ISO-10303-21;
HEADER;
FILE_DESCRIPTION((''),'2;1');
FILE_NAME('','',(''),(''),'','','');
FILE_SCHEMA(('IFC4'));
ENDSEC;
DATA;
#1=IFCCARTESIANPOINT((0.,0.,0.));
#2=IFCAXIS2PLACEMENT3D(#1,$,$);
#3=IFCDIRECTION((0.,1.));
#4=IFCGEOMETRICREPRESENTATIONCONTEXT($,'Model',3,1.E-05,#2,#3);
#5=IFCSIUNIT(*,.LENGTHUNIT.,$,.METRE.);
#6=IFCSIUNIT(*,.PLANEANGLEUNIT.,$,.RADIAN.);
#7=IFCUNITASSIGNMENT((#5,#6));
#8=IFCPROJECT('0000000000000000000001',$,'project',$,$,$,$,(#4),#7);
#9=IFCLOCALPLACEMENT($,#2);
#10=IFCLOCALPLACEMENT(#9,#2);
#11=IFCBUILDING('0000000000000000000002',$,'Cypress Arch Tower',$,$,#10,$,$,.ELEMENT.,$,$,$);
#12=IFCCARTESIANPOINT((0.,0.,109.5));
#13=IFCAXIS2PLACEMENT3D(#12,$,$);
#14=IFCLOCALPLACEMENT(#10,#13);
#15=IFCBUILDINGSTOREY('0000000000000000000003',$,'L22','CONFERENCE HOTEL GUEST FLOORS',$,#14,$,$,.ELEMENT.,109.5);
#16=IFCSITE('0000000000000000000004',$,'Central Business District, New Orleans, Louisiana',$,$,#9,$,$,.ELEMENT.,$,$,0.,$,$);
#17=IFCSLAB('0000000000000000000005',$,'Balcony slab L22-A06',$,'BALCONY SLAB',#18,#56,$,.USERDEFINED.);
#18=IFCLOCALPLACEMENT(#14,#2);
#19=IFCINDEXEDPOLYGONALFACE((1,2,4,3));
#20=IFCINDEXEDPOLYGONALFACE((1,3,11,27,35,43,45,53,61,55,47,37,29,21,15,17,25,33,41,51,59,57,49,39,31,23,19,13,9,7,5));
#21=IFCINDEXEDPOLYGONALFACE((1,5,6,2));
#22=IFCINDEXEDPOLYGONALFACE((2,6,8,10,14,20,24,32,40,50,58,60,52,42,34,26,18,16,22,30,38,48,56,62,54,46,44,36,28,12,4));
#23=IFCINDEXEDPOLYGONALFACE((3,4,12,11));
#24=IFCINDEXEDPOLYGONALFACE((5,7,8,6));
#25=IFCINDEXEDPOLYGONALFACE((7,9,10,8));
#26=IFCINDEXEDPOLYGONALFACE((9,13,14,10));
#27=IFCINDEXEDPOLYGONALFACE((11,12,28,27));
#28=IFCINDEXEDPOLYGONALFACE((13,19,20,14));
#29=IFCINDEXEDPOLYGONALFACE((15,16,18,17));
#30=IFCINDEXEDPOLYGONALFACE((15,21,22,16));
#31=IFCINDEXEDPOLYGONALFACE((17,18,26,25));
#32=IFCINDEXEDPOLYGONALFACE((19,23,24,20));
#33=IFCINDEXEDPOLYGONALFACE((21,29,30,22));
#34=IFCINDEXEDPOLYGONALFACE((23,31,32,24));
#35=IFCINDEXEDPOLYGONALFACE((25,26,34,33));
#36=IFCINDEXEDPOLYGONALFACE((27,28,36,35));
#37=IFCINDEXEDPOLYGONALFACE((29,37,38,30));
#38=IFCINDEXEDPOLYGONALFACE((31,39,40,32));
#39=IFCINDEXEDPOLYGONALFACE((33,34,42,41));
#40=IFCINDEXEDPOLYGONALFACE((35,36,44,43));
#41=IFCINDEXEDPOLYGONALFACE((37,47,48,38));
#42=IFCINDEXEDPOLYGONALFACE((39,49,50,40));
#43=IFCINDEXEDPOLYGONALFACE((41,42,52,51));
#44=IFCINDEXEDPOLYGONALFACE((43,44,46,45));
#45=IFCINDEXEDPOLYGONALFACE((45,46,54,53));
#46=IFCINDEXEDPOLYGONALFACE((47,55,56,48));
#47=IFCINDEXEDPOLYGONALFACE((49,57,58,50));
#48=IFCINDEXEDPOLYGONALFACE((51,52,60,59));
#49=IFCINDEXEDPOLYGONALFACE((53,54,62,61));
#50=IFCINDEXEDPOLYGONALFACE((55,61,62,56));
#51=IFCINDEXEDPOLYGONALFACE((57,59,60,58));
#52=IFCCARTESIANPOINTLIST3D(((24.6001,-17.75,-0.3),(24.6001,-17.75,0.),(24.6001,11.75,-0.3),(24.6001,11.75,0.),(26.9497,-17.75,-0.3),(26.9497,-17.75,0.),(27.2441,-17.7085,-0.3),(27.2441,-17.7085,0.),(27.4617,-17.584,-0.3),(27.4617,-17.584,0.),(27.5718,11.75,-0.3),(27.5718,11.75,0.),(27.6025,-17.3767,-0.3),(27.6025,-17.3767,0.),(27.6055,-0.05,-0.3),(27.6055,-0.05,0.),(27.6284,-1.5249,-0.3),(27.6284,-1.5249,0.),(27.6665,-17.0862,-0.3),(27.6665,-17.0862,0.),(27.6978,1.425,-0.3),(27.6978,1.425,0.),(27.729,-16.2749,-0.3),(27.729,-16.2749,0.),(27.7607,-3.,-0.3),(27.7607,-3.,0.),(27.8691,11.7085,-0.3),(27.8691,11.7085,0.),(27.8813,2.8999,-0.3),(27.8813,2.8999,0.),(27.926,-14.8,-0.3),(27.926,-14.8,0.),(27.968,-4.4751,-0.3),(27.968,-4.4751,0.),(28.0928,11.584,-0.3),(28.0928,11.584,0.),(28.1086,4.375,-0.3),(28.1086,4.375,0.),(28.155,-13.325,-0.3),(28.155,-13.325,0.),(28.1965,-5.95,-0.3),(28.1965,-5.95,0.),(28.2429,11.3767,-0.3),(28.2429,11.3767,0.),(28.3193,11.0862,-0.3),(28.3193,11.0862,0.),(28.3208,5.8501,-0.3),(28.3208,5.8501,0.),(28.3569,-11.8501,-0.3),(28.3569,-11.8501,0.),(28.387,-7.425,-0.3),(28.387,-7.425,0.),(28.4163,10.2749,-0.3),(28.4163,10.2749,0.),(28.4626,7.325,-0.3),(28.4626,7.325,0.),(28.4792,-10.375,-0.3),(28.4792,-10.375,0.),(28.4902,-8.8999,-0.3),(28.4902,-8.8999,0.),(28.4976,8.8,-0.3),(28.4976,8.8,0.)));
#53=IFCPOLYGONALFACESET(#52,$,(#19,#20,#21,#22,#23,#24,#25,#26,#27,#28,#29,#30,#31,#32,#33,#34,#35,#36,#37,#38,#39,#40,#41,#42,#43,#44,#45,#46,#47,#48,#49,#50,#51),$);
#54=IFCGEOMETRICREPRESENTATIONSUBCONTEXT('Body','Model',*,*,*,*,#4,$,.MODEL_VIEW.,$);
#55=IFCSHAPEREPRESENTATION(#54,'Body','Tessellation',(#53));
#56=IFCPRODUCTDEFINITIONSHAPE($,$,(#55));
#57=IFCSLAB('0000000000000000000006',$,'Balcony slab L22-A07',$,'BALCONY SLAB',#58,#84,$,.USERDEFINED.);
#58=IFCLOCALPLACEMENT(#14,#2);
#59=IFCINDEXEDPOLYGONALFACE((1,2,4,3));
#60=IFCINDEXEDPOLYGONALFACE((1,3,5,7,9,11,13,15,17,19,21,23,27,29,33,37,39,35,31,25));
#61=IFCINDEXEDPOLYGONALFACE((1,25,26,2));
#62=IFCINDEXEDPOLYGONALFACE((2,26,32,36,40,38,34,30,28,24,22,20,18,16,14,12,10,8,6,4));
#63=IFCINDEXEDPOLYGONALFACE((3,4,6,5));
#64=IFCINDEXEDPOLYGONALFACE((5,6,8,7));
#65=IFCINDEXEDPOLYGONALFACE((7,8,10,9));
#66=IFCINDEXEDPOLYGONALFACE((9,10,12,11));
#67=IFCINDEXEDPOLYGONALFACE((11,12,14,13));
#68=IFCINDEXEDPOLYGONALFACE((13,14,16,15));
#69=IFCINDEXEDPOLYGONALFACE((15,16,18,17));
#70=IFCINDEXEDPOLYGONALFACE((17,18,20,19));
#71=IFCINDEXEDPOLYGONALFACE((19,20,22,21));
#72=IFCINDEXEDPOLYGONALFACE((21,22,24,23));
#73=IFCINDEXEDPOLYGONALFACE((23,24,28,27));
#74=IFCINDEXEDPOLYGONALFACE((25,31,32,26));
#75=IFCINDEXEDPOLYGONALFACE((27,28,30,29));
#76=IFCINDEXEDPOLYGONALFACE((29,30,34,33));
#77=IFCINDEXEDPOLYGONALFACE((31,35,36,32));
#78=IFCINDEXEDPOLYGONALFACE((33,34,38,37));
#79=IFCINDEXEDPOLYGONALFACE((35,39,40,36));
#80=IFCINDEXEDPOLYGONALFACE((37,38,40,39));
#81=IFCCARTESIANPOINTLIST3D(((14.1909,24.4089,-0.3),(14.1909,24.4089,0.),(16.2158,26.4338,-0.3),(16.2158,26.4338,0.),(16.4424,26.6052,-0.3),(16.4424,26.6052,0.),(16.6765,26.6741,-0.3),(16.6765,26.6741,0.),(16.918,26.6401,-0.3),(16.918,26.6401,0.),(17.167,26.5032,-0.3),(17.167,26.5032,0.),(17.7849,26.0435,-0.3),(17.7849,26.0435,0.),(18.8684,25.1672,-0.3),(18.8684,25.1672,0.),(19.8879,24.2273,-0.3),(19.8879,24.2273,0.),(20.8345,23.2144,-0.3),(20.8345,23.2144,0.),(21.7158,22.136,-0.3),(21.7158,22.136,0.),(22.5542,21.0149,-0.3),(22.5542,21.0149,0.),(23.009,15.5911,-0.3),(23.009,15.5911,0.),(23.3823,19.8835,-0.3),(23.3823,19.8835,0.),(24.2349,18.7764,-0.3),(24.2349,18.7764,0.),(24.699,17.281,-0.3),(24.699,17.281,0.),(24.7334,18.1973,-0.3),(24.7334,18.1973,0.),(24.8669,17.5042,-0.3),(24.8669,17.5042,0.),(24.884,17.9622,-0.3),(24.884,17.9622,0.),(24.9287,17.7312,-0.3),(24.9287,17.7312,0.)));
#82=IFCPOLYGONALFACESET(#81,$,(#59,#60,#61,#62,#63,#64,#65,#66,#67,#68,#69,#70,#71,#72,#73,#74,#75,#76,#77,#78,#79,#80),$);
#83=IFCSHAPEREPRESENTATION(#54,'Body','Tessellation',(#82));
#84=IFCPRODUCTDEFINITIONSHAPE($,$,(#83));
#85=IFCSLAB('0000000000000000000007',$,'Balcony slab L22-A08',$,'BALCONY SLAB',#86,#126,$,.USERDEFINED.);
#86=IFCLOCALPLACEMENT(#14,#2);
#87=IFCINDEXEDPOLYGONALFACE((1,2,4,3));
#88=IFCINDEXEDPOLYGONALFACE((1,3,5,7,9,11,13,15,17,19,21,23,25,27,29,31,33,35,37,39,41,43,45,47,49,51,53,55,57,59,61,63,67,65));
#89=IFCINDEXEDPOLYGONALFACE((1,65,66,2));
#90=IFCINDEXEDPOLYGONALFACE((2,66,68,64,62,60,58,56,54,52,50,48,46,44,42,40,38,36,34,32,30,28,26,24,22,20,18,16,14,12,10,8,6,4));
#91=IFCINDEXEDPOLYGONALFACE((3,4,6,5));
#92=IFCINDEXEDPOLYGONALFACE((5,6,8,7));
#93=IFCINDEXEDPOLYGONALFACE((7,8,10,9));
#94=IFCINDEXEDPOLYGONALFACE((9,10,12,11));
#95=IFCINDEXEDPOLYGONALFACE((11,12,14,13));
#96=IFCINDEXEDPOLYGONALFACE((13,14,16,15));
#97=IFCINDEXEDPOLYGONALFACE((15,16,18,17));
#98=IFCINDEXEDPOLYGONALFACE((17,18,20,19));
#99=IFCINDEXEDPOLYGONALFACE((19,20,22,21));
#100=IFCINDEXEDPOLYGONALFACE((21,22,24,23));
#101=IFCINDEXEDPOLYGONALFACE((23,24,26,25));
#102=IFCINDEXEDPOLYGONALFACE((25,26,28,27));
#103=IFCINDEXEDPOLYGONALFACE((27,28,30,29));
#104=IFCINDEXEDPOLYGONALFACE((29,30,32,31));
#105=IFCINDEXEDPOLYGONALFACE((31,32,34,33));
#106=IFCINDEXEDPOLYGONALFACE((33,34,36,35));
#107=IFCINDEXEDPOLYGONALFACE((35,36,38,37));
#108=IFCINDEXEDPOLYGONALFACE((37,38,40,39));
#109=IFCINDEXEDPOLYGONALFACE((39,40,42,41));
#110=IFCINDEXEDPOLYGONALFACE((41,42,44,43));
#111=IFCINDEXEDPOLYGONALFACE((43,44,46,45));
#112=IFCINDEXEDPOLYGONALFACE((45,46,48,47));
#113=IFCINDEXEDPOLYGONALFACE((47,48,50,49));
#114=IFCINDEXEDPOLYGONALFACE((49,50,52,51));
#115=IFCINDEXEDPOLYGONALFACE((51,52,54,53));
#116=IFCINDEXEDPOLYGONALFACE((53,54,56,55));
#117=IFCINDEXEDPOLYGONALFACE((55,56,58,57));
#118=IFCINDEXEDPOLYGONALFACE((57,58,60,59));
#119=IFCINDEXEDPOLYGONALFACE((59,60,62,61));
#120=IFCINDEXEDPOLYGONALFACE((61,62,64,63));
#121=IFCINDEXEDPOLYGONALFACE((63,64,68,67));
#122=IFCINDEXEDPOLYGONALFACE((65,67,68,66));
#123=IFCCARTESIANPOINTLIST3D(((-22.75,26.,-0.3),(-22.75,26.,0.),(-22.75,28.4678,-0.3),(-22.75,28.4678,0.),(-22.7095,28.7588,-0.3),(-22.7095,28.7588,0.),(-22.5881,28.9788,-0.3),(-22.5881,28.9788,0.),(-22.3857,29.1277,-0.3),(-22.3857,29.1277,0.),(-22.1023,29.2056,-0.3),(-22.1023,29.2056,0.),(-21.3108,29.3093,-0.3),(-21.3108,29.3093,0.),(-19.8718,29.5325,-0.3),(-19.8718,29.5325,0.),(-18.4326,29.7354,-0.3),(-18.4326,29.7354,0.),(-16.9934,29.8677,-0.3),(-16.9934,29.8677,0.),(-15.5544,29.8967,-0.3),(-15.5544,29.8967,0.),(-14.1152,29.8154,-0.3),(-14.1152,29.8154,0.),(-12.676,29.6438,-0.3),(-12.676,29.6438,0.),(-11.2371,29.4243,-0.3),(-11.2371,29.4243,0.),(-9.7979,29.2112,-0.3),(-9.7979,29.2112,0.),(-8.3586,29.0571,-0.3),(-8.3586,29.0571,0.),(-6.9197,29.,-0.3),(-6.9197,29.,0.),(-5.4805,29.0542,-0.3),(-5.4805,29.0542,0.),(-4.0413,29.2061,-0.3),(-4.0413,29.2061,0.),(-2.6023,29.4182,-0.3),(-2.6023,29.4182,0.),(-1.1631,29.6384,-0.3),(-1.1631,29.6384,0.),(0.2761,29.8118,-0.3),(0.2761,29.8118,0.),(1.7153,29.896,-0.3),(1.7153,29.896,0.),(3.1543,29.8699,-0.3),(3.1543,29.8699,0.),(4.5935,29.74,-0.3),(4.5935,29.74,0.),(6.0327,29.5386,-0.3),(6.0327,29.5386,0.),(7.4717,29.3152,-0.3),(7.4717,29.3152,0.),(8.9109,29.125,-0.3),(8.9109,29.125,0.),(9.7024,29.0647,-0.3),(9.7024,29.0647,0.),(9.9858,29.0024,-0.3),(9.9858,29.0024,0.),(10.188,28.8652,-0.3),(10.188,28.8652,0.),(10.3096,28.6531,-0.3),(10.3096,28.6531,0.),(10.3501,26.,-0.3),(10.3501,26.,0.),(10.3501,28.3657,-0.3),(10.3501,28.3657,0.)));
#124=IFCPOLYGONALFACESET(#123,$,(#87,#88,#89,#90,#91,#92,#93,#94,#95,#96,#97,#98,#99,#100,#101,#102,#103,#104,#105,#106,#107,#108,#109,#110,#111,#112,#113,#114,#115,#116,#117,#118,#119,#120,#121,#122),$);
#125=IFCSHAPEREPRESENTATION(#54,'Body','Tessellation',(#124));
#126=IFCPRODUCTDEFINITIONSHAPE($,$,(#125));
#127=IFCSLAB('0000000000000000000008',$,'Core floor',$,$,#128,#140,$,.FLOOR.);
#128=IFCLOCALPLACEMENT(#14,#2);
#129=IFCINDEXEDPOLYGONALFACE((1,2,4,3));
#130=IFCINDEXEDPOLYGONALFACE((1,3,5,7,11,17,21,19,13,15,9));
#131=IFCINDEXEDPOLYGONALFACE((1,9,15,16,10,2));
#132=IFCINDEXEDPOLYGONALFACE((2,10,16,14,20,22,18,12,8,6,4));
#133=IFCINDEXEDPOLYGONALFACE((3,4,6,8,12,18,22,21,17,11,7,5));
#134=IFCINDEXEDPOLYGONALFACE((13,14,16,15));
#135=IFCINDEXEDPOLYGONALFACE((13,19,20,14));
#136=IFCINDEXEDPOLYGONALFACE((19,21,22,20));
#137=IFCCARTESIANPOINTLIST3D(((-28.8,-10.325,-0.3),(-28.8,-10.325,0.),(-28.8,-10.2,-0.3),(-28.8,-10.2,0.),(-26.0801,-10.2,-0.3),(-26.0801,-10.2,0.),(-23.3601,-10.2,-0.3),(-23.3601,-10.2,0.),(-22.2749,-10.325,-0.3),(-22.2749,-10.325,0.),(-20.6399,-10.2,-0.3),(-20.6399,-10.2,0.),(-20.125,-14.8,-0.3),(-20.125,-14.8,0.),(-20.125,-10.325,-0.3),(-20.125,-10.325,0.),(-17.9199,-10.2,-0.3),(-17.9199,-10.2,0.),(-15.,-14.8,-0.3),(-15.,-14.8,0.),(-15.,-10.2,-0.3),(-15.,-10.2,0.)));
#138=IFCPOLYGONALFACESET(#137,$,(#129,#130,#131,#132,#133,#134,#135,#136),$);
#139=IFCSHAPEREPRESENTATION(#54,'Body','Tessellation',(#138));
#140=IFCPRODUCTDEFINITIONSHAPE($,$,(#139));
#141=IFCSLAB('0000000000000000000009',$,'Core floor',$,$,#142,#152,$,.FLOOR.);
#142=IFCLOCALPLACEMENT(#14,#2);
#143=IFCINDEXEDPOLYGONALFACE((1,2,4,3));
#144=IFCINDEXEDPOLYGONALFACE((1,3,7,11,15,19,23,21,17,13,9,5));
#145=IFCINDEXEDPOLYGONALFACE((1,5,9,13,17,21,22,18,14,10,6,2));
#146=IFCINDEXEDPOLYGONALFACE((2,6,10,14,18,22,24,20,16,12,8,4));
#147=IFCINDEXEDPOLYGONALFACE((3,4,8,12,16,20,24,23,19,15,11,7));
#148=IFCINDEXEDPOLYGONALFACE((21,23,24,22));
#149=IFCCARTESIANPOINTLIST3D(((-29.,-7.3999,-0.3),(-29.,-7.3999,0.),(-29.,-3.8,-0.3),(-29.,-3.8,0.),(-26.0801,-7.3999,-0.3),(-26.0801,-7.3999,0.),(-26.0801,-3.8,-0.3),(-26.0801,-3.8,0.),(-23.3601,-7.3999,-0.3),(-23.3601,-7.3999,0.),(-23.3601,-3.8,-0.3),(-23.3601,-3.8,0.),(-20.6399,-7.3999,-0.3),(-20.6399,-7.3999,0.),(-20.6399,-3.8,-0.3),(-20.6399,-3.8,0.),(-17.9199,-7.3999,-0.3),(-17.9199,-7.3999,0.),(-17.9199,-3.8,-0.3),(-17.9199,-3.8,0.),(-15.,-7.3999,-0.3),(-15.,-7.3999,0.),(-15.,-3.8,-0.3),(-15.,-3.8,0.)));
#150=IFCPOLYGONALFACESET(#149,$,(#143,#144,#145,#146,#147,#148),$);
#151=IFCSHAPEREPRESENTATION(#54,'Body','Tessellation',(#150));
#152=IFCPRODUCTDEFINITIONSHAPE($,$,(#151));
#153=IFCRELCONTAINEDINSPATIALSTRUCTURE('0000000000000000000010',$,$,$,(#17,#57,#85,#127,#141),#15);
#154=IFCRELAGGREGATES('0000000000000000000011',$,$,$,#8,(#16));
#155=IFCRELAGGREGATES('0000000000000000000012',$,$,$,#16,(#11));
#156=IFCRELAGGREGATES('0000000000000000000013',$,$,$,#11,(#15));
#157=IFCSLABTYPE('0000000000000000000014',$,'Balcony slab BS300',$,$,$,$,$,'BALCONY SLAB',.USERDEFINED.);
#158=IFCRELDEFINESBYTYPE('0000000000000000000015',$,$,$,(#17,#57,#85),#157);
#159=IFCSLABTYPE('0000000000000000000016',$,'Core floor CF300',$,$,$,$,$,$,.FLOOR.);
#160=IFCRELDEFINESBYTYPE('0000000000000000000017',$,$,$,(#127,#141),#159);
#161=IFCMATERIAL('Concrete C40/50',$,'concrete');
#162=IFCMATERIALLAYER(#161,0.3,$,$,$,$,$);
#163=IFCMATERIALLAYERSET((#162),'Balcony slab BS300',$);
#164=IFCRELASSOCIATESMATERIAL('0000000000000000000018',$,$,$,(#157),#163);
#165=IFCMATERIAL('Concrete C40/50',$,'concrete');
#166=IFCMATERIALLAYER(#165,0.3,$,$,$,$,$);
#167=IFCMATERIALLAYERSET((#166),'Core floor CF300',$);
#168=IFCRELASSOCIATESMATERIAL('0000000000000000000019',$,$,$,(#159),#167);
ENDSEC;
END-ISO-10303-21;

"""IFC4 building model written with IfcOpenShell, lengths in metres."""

from ifc_helpers import new_model, si_unit, direction, frame, origin, place, context, subcontext, project, spatial, polyline, outline, extrude, material, layer, layer_set, type_object, element, save


model = new_model("IFC4")

# Units and contexts
model_context = context("Model", 3, precision=1e-05, world=origin(), true_north=direction((0.0, 1.0)))
body_context = subcontext(model_context, "Body", "Model", "MODEL_VIEW")
ifc_project = project(units=[si_unit("LENGTHUNIT", "METRE"), si_unit("PLANEANGLEUNIT", "RADIAN")], contexts=[model_context])

# Site, building, storey
site_placement = place(None, origin())
site = spatial("IfcSite", under=ifc_project, at=site_placement, Name="Central Business District, New Orleans, Louisiana", CompositionType="ELEMENT", RefElevation=0.0)
building_placement = place(site_placement, origin())
building = spatial("IfcBuilding", under=site, at=building_placement, Name="Cypress Arch Tower", CompositionType="ELEMENT")
storey_placement = place(building_placement, frame((0.0, 0.0, 109.5)))
storey = spatial("IfcBuildingStorey", under=building, at=storey_placement, Name="L22", Description="CONFERENCE HOTEL GUEST FLOORS", CompositionType="ELEMENT", Elevation=109.5)

# Slabs
ifc_material_1 = material(Name="Concrete C40/50", Category="concrete")
ifc_layer_1 = layer(ifc_material_1, 0.3)
ifc_layer_set_1 = layer_set([ifc_layer_1], Name="Balcony slab BS300")
slab_type_1 = type_object("IfcSlabType", Name="Balcony slab BS300", ElementType="BALCONY SLAB", PredefinedType="USERDEFINED", material=ifc_layer_set_1)
slab_1_placement = place(storey_placement, frame((0.0, 0.0, -0.3)))
element("IfcSlab", 1, at=slab_1_placement, inside=storey, type_object=slab_type_1, Name="Balcony slab L22-A06", ObjectType="BALCONY SLAB", PredefinedType="USERDEFINED", context=body_context, shape_type="SweptSolid", body=[
    extrude(outline(polyline([(24.6001, -17.75), (26.9497, -17.75), (27.2441, -17.7085), (27.4617, -17.584), (27.6025, -17.3767), (27.6665, -17.0862), (27.729, -16.2749), (27.926, -14.8), (28.155, -13.325), (28.3569, -11.8501), (28.4792, -10.375), (28.4902, -8.8999), (28.387, -7.425), (28.1965, -5.95), (27.968, -4.4751), (27.7607, -3.0), (27.6284, -1.5249), (27.6055, -0.05), (27.6978, 1.425), (27.8813, 2.8999), (28.1086, 4.375), (28.3208, 5.8501), (28.4626, 7.325), (28.4976, 8.8), (28.4163, 10.2749), (28.3193, 11.0862), (28.2429, 11.3767), (28.0928, 11.584), (27.8691, 11.7085), (27.5718, 11.75), (24.6001, 11.75), (24.6001, -17.75)])), origin(), (0.0, 0.0, 1.0), 0.3),
])
slab_2_placement = place(storey_placement, frame((0.0, 0.0, -0.3)))
element("IfcSlab", 2, at=slab_2_placement, inside=storey, type_object=slab_type_1, Name="Balcony slab L22-A07", ObjectType="BALCONY SLAB", PredefinedType="USERDEFINED", context=body_context, shape_type="SweptSolid", body=[
    extrude(outline(polyline([(23.009, 15.5911), (24.699, 17.281), (24.8669, 17.5042), (24.9287, 17.7312), (24.884, 17.9622), (24.7334, 18.1973), (24.2349, 18.7764), (23.3823, 19.8835), (22.5542, 21.0149), (21.7158, 22.136), (20.8345, 23.2144), (19.8879, 24.2273), (18.8684, 25.1672), (17.7849, 26.0435), (17.167, 26.5032), (16.918, 26.6401), (16.6765, 26.6741), (16.4424, 26.6052), (16.2158, 26.4338), (14.1909, 24.4089), (23.009, 15.5911)])), origin(), (0.0, 0.0, 1.0), 0.3),
])
slab_3_placement = place(storey_placement, frame((0.0, 0.0, -0.3)))
element("IfcSlab", 3, at=slab_3_placement, inside=storey, type_object=slab_type_1, Name="Balcony slab L22-A08", ObjectType="BALCONY SLAB", PredefinedType="USERDEFINED", context=body_context, shape_type="SweptSolid", body=[
    extrude(outline(polyline([(10.3501, 26.0), (10.3501, 28.3657), (10.3096, 28.6531), (10.188, 28.8652), (9.9858, 29.0024), (9.7024, 29.0647), (8.9109, 29.125), (7.4717, 29.3152), (6.0327, 29.5386), (4.5935, 29.74), (3.1543, 29.8699), (1.7153, 29.896), (0.2761, 29.8118), (-1.1631, 29.6384), (-2.6023, 29.4182), (-4.0413, 29.2061), (-5.4805, 29.0542), (-6.9197, 29.0), (-8.3586, 29.0571), (-9.7979, 29.2112), (-11.2371, 29.4243), (-12.676, 29.6438), (-14.1152, 29.8154), (-15.5544, 29.8967), (-16.9934, 29.8677), (-18.4326, 29.7354), (-19.8718, 29.5325), (-21.3108, 29.3093), (-22.1023, 29.2056), (-22.3857, 29.1277), (-22.5881, 28.9788), (-22.7095, 28.7588), (-22.75, 28.4678), (-22.75, 26.0), (10.3501, 26.0)])), origin(), (0.0, 0.0, 1.0), 0.3),
])
ifc_material_2 = material(Name="Concrete C40/50", Category="concrete")
ifc_layer_2 = layer(ifc_material_2, 0.3)
ifc_layer_set_2 = layer_set([ifc_layer_2], Name="Core floor CF300")
slab_type_2 = type_object("IfcSlabType", Name="Core floor CF300", PredefinedType="FLOOR", material=ifc_layer_set_2)
slab_4_placement = place(storey_placement, frame((0.0, 0.0, -0.3)))
element("IfcSlab", 4, at=slab_4_placement, inside=storey, type_object=slab_type_2, Name="Core floor", PredefinedType="FLOOR", context=body_context, shape_type="SweptSolid", body=[
    extrude(outline(polyline([(-20.125, -14.8), (-15.0, -14.8), (-15.0, -10.2), (-17.9199, -10.2), (-20.6399, -10.2), (-23.3601, -10.2), (-26.0801, -10.2), (-28.8, -10.2), (-28.8, -10.325), (-22.2749, -10.325), (-20.125, -10.325), (-20.125, -14.8)])), origin(), (0.0, 0.0, 1.0), 0.3),
])
slab_5_placement = place(storey_placement, frame((0.0, 0.0, -0.3)))
element("IfcSlab", 5, at=slab_5_placement, inside=storey, type_object=slab_type_2, Name="Core floor", PredefinedType="FLOOR", context=body_context, shape_type="SweptSolid", body=[
    extrude(outline(polyline([(-29.0, -3.8), (-29.0, -7.3999), (-26.0801, -7.3999), (-23.3601, -7.3999), (-20.6399, -7.3999), (-17.9199, -7.3999), (-15.0, -7.3999), (-15.0, -3.8), (-17.9199, -3.8), (-20.6399, -3.8), (-23.3601, -3.8), (-26.0801, -3.8), (-29.0, -3.8)])), origin(), (0.0, 0.0, 1.0), 0.3),
])

save(model, "model.ifc")
